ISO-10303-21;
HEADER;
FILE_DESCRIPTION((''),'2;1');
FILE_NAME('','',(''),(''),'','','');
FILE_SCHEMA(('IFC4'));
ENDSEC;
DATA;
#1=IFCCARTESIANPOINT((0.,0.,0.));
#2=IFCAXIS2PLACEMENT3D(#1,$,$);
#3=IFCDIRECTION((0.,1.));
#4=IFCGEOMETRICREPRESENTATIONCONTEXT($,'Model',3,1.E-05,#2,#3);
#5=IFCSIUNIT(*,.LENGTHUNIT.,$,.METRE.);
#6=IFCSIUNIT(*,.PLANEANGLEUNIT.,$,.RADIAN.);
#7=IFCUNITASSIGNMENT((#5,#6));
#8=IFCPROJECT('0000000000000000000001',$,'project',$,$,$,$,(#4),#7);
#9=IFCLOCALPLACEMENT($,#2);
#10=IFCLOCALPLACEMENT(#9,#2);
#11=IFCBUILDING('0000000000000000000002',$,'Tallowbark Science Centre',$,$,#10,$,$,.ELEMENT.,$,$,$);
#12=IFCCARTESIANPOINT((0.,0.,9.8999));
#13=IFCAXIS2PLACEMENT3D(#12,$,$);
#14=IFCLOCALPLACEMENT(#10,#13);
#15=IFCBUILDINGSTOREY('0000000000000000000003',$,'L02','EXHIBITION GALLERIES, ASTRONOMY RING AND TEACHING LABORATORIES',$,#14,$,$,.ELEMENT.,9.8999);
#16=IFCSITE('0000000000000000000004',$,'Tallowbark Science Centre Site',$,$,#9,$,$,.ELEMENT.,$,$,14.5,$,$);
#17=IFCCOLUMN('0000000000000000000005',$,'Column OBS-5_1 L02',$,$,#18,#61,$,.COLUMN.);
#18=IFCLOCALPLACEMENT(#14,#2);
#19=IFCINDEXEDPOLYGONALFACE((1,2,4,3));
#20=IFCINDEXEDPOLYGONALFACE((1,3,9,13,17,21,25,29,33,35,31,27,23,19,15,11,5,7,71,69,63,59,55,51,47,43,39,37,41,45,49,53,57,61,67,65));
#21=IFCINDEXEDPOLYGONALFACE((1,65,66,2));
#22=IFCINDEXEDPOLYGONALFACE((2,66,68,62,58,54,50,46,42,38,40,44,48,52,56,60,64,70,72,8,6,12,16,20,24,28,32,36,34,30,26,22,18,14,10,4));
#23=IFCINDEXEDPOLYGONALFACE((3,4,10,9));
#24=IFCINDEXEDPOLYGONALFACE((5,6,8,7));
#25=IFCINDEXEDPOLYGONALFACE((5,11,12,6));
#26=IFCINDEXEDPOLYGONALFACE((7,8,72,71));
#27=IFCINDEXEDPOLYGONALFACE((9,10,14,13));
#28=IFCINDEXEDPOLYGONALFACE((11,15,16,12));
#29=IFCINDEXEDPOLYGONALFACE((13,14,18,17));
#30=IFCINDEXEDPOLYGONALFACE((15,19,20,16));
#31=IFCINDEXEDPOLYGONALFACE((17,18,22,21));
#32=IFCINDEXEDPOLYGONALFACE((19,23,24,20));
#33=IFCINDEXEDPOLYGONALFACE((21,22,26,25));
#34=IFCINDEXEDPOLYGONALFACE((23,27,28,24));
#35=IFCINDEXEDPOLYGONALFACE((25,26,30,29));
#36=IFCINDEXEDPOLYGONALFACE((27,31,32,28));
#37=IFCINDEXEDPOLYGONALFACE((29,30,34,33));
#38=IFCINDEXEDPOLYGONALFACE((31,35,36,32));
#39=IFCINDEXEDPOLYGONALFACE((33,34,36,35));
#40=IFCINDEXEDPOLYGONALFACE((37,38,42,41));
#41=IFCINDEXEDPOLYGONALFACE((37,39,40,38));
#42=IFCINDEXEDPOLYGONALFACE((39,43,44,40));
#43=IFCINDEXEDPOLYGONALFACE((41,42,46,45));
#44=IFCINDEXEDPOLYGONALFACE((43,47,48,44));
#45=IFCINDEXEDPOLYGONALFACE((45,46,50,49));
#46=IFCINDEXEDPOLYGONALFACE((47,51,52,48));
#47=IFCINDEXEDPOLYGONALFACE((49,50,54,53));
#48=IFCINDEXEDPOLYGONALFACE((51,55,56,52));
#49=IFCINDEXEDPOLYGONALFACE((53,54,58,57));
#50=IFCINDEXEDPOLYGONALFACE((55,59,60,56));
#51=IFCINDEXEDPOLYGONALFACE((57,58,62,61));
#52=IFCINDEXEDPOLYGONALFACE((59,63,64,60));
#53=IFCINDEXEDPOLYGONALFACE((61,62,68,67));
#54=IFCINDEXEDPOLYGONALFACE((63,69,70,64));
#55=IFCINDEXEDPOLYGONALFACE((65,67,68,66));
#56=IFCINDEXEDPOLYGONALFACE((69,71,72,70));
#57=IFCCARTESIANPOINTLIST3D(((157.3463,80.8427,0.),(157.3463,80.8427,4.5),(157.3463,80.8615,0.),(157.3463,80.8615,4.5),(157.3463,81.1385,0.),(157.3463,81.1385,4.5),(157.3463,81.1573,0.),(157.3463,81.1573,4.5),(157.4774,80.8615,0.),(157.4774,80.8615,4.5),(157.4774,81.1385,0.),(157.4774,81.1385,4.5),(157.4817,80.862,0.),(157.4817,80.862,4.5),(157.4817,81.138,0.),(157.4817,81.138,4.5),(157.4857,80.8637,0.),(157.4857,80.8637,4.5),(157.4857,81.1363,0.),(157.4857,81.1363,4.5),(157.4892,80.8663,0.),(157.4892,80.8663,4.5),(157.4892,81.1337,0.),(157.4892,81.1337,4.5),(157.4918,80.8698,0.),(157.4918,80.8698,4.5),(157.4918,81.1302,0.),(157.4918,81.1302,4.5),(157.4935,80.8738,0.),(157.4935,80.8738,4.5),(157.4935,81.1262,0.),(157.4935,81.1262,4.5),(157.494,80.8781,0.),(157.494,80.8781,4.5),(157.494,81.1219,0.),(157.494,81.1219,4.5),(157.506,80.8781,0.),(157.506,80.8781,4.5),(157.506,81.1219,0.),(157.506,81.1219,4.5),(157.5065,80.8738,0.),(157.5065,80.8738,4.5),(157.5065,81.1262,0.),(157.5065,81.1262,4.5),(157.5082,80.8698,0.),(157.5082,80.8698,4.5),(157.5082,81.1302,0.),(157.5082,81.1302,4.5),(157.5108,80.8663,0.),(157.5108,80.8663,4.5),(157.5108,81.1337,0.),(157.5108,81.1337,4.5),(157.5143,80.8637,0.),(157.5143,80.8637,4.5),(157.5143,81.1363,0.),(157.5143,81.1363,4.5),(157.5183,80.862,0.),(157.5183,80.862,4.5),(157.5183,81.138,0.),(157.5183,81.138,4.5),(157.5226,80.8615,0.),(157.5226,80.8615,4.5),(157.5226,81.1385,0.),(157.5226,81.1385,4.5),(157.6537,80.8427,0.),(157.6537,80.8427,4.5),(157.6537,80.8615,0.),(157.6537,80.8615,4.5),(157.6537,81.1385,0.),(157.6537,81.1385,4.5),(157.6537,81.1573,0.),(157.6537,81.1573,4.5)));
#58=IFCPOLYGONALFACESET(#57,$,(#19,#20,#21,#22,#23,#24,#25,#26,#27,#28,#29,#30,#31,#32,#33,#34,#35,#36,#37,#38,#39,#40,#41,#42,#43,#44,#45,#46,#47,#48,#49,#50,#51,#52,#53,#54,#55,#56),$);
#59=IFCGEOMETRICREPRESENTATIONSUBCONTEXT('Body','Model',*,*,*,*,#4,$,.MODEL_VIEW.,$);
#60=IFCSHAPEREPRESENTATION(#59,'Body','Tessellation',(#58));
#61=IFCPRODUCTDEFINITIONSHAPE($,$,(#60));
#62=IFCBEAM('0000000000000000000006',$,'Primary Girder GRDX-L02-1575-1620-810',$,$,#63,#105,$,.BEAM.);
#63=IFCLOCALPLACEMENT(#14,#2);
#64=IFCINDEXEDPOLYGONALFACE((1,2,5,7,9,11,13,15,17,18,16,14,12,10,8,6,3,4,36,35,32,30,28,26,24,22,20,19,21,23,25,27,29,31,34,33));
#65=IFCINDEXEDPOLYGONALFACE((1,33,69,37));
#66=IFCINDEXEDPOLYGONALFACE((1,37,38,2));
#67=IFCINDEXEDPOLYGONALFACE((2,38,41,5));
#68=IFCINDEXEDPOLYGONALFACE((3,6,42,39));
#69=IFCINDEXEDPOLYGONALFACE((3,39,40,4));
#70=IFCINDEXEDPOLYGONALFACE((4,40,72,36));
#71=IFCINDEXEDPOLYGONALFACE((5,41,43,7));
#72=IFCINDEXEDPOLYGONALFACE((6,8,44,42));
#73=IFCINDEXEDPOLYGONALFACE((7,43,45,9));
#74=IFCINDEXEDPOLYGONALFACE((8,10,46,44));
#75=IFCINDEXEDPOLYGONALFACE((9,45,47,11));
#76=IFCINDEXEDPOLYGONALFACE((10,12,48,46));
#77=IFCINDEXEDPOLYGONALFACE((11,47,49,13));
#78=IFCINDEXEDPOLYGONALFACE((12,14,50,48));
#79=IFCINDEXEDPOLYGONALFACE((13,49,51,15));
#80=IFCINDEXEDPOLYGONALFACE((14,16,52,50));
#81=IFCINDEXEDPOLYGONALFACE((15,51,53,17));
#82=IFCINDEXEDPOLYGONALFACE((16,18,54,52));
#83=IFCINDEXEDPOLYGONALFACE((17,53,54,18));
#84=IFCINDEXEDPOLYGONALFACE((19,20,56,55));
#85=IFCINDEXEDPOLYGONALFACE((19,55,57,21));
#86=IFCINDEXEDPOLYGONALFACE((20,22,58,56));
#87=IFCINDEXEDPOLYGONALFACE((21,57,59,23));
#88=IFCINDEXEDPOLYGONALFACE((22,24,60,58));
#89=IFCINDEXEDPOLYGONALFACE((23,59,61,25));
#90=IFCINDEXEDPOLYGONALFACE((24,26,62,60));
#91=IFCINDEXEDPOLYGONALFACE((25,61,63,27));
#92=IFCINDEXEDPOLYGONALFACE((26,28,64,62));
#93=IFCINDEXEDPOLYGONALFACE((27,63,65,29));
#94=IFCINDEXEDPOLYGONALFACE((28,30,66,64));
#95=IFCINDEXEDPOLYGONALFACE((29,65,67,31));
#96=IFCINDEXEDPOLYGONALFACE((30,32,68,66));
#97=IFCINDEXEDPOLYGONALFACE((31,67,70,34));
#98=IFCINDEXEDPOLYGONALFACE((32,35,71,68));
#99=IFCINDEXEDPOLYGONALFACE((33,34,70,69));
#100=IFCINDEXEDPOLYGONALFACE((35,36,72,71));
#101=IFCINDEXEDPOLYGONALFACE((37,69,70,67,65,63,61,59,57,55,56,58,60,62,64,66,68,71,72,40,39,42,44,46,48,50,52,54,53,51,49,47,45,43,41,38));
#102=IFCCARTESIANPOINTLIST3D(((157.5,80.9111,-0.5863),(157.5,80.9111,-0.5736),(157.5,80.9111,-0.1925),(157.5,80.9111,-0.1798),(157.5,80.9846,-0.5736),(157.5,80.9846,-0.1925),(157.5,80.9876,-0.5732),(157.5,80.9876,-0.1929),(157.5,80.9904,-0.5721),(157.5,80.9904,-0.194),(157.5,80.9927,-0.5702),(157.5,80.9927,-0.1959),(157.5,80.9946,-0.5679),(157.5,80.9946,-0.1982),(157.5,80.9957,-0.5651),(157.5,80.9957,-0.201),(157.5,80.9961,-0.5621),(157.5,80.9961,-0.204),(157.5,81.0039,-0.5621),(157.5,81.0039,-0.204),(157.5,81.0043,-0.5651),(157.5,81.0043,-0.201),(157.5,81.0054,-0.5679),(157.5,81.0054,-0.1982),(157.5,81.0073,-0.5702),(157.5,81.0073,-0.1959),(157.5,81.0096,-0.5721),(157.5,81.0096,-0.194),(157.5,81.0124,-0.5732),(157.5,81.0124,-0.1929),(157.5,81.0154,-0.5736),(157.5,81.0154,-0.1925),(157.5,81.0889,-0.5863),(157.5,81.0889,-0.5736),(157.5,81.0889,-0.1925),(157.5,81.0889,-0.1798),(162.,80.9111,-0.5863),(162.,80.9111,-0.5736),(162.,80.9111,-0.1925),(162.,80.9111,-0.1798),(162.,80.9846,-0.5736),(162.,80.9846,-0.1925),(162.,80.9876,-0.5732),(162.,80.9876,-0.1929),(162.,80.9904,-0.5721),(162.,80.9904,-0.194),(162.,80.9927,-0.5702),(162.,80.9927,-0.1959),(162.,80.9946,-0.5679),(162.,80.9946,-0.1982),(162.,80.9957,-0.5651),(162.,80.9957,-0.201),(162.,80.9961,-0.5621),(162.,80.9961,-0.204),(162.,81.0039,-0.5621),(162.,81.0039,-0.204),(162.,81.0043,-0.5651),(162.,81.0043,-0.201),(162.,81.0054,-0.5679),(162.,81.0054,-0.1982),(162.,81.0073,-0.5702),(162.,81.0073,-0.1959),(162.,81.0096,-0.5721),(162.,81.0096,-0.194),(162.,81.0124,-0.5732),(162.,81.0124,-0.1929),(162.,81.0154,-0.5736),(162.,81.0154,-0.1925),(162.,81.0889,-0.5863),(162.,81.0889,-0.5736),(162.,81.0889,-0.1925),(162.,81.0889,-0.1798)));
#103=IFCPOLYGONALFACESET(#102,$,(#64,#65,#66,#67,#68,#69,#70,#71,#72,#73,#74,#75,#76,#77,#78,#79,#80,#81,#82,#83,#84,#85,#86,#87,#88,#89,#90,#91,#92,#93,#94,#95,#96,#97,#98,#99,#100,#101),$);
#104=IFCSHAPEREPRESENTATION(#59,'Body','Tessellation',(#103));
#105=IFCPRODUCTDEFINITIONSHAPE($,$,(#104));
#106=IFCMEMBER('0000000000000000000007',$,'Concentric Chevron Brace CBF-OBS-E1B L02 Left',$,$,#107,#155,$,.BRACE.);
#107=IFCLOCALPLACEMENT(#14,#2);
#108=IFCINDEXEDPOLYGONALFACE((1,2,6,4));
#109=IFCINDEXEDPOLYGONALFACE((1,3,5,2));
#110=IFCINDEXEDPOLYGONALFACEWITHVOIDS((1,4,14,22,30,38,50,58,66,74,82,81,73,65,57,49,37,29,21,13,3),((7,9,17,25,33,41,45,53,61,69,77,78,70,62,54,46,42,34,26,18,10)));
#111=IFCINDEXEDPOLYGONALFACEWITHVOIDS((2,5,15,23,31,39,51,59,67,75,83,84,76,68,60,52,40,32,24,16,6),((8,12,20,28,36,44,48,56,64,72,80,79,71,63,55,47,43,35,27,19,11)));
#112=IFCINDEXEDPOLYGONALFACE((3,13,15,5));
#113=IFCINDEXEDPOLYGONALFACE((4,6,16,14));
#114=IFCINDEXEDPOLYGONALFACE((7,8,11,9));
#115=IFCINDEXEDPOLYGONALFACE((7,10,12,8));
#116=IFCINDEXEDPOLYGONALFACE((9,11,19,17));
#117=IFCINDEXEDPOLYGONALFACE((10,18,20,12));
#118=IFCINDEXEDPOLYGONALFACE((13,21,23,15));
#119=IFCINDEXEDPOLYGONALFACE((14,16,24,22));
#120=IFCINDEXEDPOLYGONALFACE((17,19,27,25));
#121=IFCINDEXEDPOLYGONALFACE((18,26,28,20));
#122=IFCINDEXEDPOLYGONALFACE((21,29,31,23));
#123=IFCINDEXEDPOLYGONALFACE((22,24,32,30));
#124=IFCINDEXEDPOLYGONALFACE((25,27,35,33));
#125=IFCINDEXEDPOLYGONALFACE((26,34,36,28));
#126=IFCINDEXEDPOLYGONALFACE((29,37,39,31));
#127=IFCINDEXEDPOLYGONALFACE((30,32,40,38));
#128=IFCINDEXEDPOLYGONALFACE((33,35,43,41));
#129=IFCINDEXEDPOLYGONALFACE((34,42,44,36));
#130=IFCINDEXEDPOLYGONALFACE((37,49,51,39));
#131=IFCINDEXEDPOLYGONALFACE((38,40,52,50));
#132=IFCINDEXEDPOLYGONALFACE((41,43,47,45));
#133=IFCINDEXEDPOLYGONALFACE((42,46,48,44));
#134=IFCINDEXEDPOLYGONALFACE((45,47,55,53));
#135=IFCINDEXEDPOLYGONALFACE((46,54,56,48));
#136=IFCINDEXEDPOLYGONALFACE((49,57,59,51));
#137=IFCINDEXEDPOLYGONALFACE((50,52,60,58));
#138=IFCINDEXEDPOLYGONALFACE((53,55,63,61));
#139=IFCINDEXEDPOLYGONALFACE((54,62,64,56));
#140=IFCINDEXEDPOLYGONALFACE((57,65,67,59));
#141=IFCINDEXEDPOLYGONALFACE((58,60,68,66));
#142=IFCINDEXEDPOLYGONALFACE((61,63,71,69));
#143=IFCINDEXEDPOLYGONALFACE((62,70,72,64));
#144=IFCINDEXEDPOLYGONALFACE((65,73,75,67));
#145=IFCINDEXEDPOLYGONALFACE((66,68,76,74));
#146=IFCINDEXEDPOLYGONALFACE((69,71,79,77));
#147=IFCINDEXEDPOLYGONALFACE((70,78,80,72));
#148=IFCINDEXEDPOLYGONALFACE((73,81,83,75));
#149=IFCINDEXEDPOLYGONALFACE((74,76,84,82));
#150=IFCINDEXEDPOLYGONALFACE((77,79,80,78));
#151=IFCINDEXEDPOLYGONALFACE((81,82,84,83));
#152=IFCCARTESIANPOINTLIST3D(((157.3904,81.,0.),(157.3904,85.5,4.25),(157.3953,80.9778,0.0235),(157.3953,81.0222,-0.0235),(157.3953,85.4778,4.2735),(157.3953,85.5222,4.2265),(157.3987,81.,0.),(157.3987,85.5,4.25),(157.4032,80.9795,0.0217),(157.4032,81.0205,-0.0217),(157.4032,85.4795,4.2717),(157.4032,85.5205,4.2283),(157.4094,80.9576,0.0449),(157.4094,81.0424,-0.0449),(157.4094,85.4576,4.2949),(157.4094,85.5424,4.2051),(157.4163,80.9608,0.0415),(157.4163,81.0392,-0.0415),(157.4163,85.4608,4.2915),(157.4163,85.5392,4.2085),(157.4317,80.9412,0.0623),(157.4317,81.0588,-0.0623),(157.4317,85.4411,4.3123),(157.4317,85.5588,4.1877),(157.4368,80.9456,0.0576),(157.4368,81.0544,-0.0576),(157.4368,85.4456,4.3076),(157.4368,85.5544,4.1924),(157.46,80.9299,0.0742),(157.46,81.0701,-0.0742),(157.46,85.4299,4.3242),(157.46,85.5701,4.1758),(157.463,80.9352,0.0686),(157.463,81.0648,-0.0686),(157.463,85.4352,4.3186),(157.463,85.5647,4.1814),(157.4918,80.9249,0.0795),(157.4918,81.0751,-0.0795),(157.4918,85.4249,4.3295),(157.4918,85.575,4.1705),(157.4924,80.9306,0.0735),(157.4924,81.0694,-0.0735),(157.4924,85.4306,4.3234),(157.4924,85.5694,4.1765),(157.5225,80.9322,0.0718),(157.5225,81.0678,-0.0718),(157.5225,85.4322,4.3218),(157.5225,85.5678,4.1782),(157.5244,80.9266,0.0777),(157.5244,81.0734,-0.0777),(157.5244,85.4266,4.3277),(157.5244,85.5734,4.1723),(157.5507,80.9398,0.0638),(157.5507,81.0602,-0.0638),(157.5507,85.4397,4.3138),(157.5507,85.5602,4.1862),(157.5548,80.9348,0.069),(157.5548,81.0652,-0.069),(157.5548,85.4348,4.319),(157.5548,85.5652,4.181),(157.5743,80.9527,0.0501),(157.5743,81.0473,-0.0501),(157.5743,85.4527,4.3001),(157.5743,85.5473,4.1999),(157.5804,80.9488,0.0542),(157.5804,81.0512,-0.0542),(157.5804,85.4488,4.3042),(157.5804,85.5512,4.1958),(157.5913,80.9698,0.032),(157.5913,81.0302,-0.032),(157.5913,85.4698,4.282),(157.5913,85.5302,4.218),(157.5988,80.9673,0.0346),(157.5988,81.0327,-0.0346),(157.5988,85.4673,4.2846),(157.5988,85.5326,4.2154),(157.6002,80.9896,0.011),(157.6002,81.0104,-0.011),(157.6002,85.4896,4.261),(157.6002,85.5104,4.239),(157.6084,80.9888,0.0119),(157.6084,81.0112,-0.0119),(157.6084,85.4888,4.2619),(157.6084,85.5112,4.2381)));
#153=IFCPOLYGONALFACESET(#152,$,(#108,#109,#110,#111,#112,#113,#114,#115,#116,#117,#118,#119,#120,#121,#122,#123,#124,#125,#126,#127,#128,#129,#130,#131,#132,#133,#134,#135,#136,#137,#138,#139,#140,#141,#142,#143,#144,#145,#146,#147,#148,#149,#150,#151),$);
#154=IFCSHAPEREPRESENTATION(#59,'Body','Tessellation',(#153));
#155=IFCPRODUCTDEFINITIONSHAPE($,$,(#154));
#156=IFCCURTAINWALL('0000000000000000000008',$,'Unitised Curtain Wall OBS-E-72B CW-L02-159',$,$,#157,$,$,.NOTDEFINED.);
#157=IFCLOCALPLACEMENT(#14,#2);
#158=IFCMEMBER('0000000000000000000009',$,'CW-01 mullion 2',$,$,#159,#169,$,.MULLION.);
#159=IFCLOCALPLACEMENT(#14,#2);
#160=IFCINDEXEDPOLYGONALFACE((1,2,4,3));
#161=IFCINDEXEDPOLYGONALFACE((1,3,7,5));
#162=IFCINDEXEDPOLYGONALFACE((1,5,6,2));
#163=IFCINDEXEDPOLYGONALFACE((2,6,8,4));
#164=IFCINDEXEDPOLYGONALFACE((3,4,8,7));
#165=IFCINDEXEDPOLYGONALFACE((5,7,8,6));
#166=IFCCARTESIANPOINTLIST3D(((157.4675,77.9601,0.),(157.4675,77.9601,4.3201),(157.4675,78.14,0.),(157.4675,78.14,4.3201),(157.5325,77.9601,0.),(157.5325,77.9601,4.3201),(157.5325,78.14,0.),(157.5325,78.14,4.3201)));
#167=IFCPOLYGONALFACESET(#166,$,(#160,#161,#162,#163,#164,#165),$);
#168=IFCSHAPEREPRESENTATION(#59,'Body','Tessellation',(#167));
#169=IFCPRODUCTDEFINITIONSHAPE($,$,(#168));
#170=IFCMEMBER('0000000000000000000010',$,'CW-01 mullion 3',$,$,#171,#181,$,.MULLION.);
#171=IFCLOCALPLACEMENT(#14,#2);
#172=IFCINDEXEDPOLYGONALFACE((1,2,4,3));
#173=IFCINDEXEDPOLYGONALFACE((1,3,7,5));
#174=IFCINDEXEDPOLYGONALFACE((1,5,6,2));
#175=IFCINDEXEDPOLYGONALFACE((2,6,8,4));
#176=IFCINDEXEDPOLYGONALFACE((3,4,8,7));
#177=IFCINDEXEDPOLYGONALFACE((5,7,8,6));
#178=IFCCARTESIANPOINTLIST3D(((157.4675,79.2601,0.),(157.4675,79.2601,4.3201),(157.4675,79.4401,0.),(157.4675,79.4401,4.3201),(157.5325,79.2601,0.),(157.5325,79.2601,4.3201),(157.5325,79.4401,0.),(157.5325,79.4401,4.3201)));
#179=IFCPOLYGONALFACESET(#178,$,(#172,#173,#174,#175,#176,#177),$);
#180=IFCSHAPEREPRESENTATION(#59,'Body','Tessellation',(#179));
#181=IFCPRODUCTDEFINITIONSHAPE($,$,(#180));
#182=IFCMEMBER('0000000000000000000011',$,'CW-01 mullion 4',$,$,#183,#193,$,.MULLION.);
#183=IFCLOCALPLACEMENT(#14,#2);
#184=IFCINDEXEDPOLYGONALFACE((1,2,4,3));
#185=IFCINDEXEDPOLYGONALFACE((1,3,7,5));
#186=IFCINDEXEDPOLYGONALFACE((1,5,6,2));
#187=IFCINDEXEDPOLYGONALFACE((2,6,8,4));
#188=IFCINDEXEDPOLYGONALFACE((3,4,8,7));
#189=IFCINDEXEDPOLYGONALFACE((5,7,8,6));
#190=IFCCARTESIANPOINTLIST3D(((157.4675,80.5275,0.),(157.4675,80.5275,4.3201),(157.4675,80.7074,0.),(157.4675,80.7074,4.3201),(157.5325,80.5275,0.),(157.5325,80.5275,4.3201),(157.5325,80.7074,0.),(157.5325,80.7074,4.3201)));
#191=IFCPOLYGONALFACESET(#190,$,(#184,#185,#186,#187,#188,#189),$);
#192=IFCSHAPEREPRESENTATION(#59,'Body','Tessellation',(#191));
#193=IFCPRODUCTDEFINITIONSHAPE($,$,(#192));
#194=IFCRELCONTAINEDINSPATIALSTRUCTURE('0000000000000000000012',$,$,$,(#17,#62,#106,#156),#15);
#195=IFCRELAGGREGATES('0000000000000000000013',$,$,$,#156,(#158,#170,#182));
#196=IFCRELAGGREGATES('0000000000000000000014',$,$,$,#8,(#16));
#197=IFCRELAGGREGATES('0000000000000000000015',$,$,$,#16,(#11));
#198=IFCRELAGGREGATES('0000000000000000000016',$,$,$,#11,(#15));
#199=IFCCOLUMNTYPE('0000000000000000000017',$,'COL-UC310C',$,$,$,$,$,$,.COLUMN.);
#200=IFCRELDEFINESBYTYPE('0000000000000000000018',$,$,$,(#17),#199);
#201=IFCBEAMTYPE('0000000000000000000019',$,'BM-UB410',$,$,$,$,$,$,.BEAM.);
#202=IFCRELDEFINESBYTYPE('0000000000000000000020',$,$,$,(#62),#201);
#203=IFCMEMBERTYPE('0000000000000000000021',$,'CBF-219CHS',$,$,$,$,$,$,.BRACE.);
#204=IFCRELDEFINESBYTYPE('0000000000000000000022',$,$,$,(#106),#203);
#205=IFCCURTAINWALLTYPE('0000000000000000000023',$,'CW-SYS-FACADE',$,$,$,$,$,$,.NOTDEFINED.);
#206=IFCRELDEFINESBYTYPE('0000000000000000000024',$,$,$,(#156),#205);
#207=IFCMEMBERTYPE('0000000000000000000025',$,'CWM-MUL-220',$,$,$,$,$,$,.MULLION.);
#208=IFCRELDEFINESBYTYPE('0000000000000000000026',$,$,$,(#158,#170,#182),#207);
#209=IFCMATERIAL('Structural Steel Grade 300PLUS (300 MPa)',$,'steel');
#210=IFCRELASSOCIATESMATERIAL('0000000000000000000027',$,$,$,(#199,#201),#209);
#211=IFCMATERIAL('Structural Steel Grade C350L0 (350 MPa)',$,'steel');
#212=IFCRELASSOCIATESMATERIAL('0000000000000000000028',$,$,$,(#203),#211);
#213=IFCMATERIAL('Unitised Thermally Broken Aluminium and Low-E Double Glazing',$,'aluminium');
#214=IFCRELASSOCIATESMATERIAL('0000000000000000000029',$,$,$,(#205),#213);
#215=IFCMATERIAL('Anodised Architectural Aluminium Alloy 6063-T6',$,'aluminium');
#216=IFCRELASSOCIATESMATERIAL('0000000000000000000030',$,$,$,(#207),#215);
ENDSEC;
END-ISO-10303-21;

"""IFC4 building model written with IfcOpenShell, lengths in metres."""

from ifc_helpers import new_model, si_unit, direction, frame, origin, origin_2d, place, context, subcontext, project, spatial, rectangle, hollow_circle, i_section, extrude, material, material_profile, profile_set, type_object, element, aggregate, save


model = new_model("IFC4")

# Units and contexts
model_context = context("Model", 3, precision=1e-05, world=origin(), true_north=direction((0.0, 1.0)))
body_context = subcontext(model_context, "Body", "Model", "MODEL_VIEW")
ifc_project = project(units=[si_unit("LENGTHUNIT", "METRE"), si_unit("PLANEANGLEUNIT", "RADIAN")], contexts=[model_context])

# Site, building, storey
site_placement = place(None, origin())
site = spatial("IfcSite", under=ifc_project, at=site_placement, Name="Tallowbark Science Centre Site", CompositionType="ELEMENT", RefElevation=14.5)
building_placement = place(site_placement, origin())
building = spatial("IfcBuilding", under=site, at=building_placement, Name="Tallowbark Science Centre", CompositionType="ELEMENT")
storey_placement = place(building_placement, frame((0.0, 0.0, 9.8999)))
storey = spatial("IfcBuildingStorey", under=building, at=storey_placement, Name="L02", Description="EXHIBITION GALLERIES, ASTRONOMY RING AND TEACHING LABORATORIES", CompositionType="ELEMENT", Elevation=9.8999)

# Column
ifc_material_1 = material(Name="Structural Steel Grade 300PLUS (300 MPa)", Category="steel")
ifc_material_profile_1 = material_profile(ifc_material_1, i_section(OverallWidth=0.3074, OverallDepth=0.3147, WebThickness=0.012, FlangeThickness=0.0188, FilletRadius=0.0166, at=origin_2d()), Name="310UC118")
ifc_profile_set_1 = profile_set([ifc_material_profile_1], Name="Structural Steel Grade 300PLUS (300 MPa)")
column_type = type_object("IfcColumnType", Name="COL-UC310C", PredefinedType="COLUMN", material=ifc_profile_set_1)
column_placement = place(storey_placement, frame((157.5, 81.0, 0.0), z_axis=(0.0, 0.0, 1.0), x_axis=(1.0, 0.0, 0.0)))
element("IfcColumn", 1, at=column_placement, inside=storey, type_object=column_type, Name="Column OBS-5_1 L02", PredefinedType="COLUMN", context=body_context, shape_type="SweptSolid", body=[
    extrude(i_section(OverallWidth=0.3074, OverallDepth=0.3147, WebThickness=0.012, FlangeThickness=0.0188, FilletRadius=0.0166, at=origin_2d()), origin(), (0.0, 0.0, 1.0), 4.5),
])

# Beam
ifc_material_profile_2 = material_profile(ifc_material_1, i_section(OverallWidth=0.1777, OverallDepth=0.4065, WebThickness=0.0078, FlangeThickness=0.0127, FilletRadius=0.0115, at=origin_2d()), Name="410UB59.7")
ifc_profile_set_2 = profile_set([ifc_material_profile_2], Name="Structural Steel Grade 300PLUS (300 MPa)")
beam_type_1 = type_object("IfcBeamType", Name="BM-UB410", PredefinedType="BEAM", material=ifc_profile_set_2)
beam_1_placement = place(storey_placement, frame((157.5, 81.0, -0.3831), z_axis=(1.0, 0.0, 0.0), x_axis=(0.0, 1.0, 0.0)))
element("IfcBeam", 2, at=beam_1_placement, inside=storey, type_object=beam_type_1, Name="Primary Girder GRDX-L02-1575-1620-810", PredefinedType="BEAM", context=body_context, shape_type="SweptSolid", body=[
    extrude(i_section(OverallWidth=0.1777, OverallDepth=0.4065, WebThickness=0.0078, FlangeThickness=0.0127, FilletRadius=0.0115, at=origin_2d()), origin(), (0.0, 0.0, 1.0), 4.5),
])

# Member
ifc_material_2 = material(Name="Structural Steel Grade C350L0 (350 MPa)", Category="steel")
ifc_material_profile_3 = material_profile(ifc_material_2, hollow_circle(Radius=0.1096, WallThickness=0.0083, at=origin_2d()), Name="219.1x8.2CHS")
ifc_profile_set_3 = profile_set([ifc_material_profile_3], Name="Structural Steel Grade C350L0 (350 MPa)")
member_type_1 = type_object("IfcMemberType", Name="CBF-219CHS", PredefinedType="BRACE", material=ifc_profile_set_3)
member_1_placement = place(storey_placement, frame((157.5, 81.0, 0.0), z_axis=(0.0, 0.727013, 0.686624), x_axis=(-1.0, 0.0, 0.0)))
element("IfcMember", 3, at=member_1_placement, inside=storey, type_object=member_type_1, Name="Concentric Chevron Brace CBF-OBS-E1B L02 Left", PredefinedType="BRACE", context=body_context, shape_type="SweptSolid", body=[
    extrude(hollow_circle(Radius=0.1096, WallThickness=0.0083, at=origin_2d()), origin(), (0.0, 0.0, 1.0), 6.1897),
])

# Curtain wall, members
ifc_material_3 = material(Name="Unitised Thermally Broken Aluminium and Low-E Double Glazing", Category="aluminium")
curtain_wall_type = type_object("IfcCurtainWallType", Name="CW-SYS-FACADE", PredefinedType="NOTDEFINED", material=ifc_material_3)
curtain_wall_placement = place(storey_placement, origin())
curtain_wall = element("IfcCurtainWall", 4, at=curtain_wall_placement, inside=storey, type_object=curtain_wall_type, Name="Unitised Curtain Wall OBS-E-72B CW-L02-159", PredefinedType="NOTDEFINED")
ifc_material_4 = material(Name="Anodised Architectural Aluminium Alloy 6063-T6", Category="aluminium")
ifc_material_profile_4 = material_profile(ifc_material_4, rectangle(XDim=0.0649, YDim=0.1799, at=origin_2d()), Name="ALU65x180")
ifc_profile_set_4 = profile_set([ifc_material_profile_4], Name="Anodised Architectural Aluminium Alloy 6063-T6")
member_type_2 = type_object("IfcMemberType", Name="CWM-MUL-220", PredefinedType="MULLION", material=ifc_profile_set_4)
member_2_placement = place(storey_placement, frame((157.5, 78.05, 0.0), z_axis=(0.0, 0.0, 1.0), x_axis=(-1.0, 0.0, 0.0)))
member_2 = element("IfcMember", 5, at=member_2_placement, type_object=member_type_2, Name="CW-01 mullion 2", PredefinedType="MULLION", context=body_context, shape_type="SweptSolid", body=[
    extrude(rectangle(XDim=0.0649, YDim=0.1799, at=origin_2d()), origin(), (0.0, 0.0, 1.0), 4.3201),
])
member_3_placement = place(storey_placement, frame((157.5, 79.3501, 0.0), z_axis=(0.0, 0.0, 1.0), x_axis=(-1.0, 0.0, 0.0)))
member_3 = element("IfcMember", 6, at=member_3_placement, type_object=member_type_2, Name="CW-01 mullion 3", PredefinedType="MULLION", context=body_context, shape_type="SweptSolid", body=[
    extrude(rectangle(XDim=0.0649, YDim=0.1799, at=origin_2d()), origin(), (0.0, 0.0, 1.0), 4.3201),
])
member_4_placement = place(storey_placement, frame((157.5, 80.6174, 0.0), z_axis=(0.0, 0.0, 1.0), x_axis=(-1.0, 0.0, 0.0)))
member_4 = element("IfcMember", 7, at=member_4_placement, type_object=member_type_2, Name="CW-01 mullion 4", PredefinedType="MULLION", context=body_context, shape_type="SweptSolid", body=[
    extrude(rectangle(XDim=0.0649, YDim=0.1799, at=origin_2d()), origin(), (0.0, 0.0, 1.0), 4.3201),
])

aggregate(curtain_wall, [member_2, member_3, member_4])

save(model, "model.ifc")
